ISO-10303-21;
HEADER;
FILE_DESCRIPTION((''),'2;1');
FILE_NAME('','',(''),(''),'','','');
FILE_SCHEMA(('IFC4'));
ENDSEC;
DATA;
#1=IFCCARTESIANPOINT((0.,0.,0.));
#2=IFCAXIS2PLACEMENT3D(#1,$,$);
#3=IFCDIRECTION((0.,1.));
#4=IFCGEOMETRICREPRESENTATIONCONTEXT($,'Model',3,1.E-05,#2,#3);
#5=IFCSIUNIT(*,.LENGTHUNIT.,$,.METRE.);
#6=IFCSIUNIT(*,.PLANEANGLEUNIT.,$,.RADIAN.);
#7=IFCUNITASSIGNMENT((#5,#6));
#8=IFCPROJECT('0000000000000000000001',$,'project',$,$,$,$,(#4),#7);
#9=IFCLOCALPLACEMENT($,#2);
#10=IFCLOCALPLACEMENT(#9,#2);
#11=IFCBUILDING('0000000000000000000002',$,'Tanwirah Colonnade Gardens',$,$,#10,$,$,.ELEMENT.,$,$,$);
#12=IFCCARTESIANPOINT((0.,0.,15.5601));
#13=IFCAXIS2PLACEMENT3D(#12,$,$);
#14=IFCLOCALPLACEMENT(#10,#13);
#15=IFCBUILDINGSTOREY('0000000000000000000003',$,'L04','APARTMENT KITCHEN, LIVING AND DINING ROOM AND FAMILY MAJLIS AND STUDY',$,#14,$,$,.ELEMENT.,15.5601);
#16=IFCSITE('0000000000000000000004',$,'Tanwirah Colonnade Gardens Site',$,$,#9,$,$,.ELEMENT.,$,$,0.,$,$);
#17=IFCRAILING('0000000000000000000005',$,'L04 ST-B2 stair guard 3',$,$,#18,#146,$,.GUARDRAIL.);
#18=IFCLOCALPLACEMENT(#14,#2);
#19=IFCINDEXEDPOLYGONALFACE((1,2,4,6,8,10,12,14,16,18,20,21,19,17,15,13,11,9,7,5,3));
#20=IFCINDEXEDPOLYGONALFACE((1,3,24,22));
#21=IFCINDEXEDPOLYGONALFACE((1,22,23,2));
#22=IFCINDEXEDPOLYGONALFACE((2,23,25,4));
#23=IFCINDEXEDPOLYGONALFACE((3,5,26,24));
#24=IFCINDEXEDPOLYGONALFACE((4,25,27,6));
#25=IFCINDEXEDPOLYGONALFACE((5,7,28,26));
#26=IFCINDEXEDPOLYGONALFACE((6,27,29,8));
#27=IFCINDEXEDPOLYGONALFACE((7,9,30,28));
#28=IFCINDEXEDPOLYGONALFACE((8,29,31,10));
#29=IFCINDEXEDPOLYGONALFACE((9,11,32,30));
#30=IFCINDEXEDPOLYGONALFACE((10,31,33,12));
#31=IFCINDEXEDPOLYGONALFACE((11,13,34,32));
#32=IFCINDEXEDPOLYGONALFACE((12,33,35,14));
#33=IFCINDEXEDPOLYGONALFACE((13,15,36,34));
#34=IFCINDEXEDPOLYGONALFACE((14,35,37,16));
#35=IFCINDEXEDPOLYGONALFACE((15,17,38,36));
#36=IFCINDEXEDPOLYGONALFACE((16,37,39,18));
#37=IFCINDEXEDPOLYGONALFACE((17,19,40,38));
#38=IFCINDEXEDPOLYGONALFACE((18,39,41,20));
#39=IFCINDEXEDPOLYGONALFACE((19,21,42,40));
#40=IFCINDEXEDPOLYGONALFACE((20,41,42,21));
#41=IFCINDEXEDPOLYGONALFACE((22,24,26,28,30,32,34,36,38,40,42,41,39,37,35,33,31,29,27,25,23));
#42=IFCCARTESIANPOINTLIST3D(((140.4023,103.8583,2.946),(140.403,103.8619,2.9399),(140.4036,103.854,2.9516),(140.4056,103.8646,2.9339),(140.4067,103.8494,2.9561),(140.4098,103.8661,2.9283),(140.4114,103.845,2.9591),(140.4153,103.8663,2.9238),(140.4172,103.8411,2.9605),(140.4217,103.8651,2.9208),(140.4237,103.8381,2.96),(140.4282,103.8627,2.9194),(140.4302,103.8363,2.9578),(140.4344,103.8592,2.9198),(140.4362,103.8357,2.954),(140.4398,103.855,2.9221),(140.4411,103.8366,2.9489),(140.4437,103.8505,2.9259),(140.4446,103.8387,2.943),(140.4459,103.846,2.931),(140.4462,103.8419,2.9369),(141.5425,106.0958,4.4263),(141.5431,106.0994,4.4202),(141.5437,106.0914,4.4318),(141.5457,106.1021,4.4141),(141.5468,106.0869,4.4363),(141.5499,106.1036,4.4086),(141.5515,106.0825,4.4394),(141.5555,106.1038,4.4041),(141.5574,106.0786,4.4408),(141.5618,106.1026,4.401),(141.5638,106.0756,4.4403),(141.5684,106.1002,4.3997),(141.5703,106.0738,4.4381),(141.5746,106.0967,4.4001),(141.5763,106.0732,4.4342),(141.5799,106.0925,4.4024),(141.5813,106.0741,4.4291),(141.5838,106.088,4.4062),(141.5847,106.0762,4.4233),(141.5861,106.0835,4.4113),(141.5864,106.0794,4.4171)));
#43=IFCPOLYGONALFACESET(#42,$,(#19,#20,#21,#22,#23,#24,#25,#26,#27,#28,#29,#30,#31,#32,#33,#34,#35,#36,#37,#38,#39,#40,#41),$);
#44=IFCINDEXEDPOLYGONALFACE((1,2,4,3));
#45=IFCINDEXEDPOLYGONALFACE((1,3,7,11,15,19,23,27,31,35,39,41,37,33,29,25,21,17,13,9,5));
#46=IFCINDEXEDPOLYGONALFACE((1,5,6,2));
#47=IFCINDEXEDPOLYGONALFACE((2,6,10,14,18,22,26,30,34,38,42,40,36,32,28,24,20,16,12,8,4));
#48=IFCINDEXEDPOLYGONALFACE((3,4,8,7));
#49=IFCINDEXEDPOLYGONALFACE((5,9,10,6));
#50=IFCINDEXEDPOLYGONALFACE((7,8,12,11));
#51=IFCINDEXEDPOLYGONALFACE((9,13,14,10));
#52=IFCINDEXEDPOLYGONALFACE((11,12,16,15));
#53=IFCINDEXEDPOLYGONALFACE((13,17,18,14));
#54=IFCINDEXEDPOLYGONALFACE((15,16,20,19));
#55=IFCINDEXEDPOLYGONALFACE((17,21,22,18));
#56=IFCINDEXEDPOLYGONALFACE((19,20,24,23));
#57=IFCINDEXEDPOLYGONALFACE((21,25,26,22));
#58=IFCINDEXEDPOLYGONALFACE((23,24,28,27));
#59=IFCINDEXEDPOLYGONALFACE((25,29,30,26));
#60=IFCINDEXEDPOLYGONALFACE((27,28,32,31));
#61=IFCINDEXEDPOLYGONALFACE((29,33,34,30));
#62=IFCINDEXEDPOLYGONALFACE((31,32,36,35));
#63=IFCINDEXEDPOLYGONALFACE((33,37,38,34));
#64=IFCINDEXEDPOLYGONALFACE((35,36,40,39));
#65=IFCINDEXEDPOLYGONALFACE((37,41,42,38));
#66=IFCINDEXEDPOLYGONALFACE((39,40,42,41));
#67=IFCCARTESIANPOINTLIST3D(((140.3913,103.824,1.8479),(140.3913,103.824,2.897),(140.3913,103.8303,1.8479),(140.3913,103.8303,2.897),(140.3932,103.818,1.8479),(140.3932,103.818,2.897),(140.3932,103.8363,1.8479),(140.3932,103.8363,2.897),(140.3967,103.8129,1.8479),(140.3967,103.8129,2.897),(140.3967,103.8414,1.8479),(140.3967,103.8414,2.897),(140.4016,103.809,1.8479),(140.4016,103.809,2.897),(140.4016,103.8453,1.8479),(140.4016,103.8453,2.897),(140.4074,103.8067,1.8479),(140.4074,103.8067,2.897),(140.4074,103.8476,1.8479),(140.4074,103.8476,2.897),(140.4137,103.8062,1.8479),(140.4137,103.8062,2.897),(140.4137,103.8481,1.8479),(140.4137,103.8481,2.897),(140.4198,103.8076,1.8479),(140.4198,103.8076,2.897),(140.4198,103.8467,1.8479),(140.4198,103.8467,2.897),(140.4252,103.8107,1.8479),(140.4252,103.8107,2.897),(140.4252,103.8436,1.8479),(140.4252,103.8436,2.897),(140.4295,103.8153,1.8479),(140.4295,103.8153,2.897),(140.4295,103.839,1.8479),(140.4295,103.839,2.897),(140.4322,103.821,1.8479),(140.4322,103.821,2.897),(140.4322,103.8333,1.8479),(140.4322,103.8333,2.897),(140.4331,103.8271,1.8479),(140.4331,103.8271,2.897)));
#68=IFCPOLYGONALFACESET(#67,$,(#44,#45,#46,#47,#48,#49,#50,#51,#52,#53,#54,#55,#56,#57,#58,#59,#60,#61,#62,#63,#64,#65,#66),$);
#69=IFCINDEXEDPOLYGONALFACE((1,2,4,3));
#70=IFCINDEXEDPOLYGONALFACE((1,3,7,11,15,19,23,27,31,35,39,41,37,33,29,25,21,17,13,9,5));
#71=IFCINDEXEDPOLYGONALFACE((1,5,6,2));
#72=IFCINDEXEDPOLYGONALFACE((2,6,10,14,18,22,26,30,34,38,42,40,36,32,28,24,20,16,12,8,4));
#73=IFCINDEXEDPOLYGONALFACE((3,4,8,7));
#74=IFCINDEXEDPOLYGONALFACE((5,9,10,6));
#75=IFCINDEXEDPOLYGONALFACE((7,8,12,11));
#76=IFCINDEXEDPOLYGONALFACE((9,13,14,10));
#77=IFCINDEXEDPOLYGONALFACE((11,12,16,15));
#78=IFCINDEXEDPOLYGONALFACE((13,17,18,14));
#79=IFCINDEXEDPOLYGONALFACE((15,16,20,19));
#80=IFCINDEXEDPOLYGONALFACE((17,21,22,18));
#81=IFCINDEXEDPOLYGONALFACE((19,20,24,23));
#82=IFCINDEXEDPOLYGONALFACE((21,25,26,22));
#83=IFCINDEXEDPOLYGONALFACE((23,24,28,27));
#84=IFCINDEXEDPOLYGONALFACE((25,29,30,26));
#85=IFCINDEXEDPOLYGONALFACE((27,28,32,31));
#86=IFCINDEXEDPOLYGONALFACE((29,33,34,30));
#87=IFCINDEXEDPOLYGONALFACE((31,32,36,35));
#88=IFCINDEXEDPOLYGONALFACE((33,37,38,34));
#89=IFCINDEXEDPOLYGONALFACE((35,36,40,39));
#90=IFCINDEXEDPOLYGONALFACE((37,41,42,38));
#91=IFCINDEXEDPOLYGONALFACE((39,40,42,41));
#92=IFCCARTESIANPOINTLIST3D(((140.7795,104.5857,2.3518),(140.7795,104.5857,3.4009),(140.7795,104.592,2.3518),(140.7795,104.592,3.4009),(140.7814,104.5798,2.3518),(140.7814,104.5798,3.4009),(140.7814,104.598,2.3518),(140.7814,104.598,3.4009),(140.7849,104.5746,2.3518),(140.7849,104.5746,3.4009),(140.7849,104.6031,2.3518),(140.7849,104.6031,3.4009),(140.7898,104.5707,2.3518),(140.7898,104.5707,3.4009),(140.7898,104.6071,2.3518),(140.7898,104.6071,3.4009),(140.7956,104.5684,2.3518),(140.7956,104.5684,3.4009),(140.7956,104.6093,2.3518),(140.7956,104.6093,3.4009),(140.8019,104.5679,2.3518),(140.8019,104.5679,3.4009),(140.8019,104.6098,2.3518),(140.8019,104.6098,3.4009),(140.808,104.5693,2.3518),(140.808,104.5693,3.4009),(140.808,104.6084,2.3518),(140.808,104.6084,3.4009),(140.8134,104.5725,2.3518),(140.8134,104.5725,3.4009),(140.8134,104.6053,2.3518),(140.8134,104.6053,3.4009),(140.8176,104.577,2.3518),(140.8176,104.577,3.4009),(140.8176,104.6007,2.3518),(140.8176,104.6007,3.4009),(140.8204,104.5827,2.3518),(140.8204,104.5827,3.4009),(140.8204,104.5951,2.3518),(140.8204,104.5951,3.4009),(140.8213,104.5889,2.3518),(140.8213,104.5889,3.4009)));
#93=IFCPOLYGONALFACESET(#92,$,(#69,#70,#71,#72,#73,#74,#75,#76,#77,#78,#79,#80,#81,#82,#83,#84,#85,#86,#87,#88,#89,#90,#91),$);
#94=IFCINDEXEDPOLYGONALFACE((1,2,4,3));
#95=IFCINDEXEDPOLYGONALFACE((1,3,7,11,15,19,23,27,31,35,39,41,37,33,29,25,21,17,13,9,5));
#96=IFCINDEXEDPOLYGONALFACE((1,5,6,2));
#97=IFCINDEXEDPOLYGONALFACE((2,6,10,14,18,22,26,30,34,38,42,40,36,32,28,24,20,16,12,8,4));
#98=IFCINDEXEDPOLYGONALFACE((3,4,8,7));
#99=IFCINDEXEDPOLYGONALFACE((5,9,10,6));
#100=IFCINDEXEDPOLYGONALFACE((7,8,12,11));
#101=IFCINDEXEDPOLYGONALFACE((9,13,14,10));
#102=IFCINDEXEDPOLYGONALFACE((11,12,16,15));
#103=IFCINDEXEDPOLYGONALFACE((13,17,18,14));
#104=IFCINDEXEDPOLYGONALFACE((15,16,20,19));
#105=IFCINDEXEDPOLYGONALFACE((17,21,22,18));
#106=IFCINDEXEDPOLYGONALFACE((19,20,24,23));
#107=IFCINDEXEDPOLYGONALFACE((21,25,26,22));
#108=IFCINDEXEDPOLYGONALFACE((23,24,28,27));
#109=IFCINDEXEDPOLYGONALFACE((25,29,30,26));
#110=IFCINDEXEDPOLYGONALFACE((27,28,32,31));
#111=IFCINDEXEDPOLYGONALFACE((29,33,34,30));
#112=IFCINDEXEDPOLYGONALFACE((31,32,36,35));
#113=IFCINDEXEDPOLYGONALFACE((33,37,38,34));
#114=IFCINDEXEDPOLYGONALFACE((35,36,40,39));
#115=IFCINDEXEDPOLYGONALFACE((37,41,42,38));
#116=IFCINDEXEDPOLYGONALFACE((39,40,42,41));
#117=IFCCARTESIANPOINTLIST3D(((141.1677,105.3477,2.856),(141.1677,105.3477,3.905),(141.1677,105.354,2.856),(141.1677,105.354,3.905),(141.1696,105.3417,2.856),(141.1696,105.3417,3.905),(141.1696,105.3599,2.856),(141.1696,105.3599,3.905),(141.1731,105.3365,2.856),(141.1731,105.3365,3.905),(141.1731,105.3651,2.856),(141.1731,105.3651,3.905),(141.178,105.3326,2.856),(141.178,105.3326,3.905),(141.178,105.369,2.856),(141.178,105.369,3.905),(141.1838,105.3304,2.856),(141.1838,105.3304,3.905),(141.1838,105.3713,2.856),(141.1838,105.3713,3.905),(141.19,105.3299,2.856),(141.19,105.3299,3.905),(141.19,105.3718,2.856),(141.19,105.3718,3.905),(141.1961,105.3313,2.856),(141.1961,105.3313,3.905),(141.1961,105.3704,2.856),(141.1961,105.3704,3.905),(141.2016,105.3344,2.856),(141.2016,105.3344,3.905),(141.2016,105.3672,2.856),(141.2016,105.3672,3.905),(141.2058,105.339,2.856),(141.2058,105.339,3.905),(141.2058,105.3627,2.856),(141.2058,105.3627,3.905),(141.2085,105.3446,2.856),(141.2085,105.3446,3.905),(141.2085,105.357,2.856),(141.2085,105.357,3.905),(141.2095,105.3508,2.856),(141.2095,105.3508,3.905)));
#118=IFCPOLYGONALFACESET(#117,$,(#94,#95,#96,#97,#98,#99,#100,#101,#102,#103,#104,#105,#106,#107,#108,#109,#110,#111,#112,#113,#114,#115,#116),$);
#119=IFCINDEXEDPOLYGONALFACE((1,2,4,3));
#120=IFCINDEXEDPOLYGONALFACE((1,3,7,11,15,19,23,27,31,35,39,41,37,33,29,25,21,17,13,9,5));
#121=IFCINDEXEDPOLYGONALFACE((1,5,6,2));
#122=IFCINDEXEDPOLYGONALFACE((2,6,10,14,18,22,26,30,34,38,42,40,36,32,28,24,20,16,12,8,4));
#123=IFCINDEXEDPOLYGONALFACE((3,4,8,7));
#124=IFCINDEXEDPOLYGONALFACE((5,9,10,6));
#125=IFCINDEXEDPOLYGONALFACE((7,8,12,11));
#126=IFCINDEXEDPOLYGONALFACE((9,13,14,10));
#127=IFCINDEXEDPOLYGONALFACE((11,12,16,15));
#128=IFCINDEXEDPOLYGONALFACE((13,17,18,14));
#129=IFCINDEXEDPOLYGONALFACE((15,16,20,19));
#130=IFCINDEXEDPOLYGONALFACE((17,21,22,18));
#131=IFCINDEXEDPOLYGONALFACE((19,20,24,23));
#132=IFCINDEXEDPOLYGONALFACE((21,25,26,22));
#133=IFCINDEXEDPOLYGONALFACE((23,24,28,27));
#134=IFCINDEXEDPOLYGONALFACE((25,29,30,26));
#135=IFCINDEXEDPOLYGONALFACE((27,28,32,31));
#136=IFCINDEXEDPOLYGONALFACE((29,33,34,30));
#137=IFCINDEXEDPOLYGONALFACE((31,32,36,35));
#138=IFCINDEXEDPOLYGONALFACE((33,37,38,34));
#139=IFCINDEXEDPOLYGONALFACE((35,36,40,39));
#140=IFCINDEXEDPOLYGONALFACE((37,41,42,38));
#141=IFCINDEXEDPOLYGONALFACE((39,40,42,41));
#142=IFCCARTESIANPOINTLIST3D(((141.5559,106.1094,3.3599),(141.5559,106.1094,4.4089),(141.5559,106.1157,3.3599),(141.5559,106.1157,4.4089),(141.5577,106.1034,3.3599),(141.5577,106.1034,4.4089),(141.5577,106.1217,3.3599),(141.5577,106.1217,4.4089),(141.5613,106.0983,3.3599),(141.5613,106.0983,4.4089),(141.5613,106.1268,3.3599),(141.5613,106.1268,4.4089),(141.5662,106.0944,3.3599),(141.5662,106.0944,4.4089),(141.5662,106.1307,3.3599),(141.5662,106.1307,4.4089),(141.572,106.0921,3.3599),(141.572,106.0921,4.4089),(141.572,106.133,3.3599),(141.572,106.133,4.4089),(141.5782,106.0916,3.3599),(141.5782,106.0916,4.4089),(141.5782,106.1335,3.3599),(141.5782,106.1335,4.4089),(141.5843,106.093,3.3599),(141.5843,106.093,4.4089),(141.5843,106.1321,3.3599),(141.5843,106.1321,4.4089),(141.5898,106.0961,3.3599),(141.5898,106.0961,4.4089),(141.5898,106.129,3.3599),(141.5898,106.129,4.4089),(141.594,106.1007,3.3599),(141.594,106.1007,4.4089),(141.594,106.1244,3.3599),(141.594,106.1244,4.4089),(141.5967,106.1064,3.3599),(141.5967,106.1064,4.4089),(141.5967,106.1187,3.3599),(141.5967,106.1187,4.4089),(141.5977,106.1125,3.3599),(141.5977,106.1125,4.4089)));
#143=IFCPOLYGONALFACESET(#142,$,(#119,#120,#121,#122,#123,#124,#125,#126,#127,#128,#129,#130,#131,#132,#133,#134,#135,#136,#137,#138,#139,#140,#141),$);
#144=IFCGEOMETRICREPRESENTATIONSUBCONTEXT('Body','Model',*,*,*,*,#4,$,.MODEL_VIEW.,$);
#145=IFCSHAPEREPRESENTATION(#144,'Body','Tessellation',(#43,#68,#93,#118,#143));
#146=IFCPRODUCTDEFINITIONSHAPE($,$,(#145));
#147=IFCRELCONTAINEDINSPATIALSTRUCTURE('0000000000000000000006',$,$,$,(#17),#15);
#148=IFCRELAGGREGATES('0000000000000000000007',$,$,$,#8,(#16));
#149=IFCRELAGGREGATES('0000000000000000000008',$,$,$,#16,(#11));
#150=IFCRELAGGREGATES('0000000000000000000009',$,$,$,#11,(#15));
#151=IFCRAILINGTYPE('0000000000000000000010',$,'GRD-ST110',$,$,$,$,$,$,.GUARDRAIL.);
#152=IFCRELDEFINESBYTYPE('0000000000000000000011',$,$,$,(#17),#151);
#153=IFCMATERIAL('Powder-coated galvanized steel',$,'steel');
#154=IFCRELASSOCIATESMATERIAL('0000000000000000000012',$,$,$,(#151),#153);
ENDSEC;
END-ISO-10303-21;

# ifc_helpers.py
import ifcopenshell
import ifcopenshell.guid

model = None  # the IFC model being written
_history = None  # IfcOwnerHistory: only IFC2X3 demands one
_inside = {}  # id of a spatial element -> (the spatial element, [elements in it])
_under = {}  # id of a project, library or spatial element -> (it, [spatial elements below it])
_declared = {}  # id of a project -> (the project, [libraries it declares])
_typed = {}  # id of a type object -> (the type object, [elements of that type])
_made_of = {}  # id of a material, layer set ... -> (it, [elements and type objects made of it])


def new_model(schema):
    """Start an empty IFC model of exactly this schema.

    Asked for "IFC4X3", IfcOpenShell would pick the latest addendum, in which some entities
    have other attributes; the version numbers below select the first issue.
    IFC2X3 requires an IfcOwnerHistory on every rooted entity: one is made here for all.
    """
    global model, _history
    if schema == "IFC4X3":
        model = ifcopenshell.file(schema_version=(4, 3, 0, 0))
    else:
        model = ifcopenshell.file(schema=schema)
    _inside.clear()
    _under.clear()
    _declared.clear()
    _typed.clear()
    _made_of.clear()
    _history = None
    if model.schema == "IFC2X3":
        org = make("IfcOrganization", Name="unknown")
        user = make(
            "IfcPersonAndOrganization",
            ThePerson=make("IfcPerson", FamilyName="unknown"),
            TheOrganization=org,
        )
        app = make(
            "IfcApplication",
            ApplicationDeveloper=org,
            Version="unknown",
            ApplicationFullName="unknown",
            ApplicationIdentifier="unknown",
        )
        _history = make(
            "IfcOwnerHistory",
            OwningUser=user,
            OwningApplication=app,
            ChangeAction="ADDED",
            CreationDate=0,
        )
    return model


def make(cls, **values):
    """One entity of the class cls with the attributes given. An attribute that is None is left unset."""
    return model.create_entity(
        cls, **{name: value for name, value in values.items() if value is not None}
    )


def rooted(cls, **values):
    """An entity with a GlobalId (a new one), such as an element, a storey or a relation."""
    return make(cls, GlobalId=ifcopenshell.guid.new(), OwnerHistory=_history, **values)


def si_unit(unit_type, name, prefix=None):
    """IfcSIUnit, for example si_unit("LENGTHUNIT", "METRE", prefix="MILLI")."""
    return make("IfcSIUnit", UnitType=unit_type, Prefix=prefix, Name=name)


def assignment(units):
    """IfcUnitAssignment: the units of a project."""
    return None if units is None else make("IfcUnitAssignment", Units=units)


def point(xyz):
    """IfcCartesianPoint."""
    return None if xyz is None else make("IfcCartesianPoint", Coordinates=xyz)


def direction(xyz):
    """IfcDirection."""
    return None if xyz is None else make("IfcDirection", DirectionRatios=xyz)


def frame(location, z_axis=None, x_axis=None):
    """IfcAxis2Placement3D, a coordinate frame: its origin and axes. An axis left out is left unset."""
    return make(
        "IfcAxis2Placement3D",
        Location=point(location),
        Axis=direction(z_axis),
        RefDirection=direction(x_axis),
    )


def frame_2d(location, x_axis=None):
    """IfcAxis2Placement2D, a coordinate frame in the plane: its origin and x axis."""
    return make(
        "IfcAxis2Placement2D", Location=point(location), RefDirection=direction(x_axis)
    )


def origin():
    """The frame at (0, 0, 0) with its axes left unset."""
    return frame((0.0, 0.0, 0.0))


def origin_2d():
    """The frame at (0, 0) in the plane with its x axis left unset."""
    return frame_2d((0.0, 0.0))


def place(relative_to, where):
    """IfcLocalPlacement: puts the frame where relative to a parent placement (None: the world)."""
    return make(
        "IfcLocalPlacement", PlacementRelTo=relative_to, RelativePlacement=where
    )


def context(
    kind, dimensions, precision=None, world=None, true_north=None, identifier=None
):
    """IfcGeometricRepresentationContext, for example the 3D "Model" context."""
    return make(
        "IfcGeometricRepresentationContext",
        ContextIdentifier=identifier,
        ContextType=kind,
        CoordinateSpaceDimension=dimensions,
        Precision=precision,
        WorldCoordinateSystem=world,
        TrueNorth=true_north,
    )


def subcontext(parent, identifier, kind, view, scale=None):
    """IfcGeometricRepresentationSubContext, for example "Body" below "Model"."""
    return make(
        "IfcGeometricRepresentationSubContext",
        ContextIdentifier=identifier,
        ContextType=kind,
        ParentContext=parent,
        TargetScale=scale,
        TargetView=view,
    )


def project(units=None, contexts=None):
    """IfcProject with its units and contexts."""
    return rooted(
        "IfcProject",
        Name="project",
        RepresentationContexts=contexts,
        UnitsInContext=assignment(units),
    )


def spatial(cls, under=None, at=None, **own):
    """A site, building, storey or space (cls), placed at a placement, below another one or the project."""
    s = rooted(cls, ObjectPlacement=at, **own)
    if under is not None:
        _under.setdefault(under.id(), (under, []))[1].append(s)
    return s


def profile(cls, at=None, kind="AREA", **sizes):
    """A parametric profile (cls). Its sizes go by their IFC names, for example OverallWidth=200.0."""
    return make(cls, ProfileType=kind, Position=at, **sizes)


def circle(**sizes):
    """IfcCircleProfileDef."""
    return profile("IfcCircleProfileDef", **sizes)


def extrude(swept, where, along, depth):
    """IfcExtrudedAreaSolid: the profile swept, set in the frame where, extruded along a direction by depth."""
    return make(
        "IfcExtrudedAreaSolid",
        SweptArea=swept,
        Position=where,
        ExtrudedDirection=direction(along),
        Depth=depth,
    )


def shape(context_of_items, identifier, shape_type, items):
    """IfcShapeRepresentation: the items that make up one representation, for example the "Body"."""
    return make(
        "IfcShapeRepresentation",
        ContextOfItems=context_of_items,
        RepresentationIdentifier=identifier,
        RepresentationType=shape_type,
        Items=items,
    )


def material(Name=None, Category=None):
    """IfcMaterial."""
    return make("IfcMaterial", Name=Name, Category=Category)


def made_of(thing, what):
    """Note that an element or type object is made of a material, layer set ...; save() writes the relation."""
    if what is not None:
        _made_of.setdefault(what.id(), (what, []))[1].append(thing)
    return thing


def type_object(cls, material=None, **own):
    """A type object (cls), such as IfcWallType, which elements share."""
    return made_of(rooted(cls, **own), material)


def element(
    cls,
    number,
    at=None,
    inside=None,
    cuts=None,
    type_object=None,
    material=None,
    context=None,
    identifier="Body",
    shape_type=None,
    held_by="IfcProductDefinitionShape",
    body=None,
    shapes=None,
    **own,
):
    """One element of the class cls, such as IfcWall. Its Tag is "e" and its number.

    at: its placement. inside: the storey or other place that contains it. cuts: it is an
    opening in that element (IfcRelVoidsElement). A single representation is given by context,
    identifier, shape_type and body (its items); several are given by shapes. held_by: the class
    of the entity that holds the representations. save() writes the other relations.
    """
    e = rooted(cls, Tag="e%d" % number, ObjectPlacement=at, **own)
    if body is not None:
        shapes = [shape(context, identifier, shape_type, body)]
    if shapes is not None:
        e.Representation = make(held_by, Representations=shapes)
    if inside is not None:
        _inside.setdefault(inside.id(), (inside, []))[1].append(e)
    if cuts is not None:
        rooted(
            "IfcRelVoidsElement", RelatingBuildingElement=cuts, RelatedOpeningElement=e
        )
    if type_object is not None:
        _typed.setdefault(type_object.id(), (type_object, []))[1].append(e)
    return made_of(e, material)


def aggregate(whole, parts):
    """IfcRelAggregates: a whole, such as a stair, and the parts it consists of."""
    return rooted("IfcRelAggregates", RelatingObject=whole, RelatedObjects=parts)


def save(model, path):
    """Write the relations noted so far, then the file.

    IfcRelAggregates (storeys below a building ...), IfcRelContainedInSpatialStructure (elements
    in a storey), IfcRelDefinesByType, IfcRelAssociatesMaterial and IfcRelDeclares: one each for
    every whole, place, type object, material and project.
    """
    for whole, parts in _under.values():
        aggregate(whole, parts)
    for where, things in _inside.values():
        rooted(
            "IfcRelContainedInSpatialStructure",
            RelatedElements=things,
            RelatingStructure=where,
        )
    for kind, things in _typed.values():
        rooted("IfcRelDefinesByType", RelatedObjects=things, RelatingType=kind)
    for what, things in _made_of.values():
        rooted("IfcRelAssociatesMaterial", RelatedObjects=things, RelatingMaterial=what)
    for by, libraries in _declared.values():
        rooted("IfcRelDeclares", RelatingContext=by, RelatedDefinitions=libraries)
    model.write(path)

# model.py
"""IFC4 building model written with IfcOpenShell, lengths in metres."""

from ifc_helpers import new_model, si_unit, direction, frame, origin, origin_2d, place, context, subcontext, project, spatial, circle, extrude, material, type_object, element, save


model = new_model("IFC4")

# Units and contexts
model_context = context("Model", 3, precision=1e-05, world=origin(), true_north=direction((0.0, 1.0)))
body_context = subcontext(model_context, "Body", "Model", "MODEL_VIEW")
ifc_project = project(units=[si_unit("LENGTHUNIT", "METRE"), si_unit("PLANEANGLEUNIT", "RADIAN")], contexts=[model_context])

# Site, building, storey
site_placement = place(None, origin())
site = spatial("IfcSite", under=ifc_project, at=site_placement, Name="Tanwirah Colonnade Gardens Site", CompositionType="ELEMENT", RefElevation=0.0)
building_placement = place(site_placement, origin())
building = spatial("IfcBuilding", under=site, at=building_placement, Name="Tanwirah Colonnade Gardens", CompositionType="ELEMENT")
storey_placement = place(building_placement, frame((0.0, 0.0, 15.5601)))
storey = spatial("IfcBuildingStorey", under=building, at=storey_placement, Name="L04", Description="APARTMENT KITCHEN, LIVING AND DINING ROOM AND FAMILY MAJLIS AND STUDY", CompositionType="ELEMENT", Elevation=15.5601)

# Railing
ifc_material_1 = material(Name="Powder-coated galvanized steel", Category="steel")
railing_type_1 = type_object("IfcRailingType", Name="GRD-ST110", PredefinedType="GUARDRAIL", material=ifc_material_1)
railing_1_placement = place(storey_placement, frame((140.4121, 103.8271, 1.8479)))
element("IfcRailing", 1, at=railing_1_placement, inside=storey, type_object=railing_type_1, Name="L04 ST-B2 stair guard 3", PredefinedType="GUARDRAIL", context=body_context, shape_type="SweptSolid", body=[
    extrude(circle(Radius=0.0239, at=origin_2d()), frame((0.0122, 0.0239, 1.092), z_axis=(0.391122, 0.767567, 0.507803), x_axis=(-0.890994, 0.454016, 0.0)), (0.0, 0.0, 1.0), 2.915),
    extrude(circle(Radius=0.021, at=origin_2d()), origin(), (0.0, 0.0, 1.0), 1.0491),
    extrude(circle(Radius=0.021, at=origin_2d()), frame((0.3882, 0.7617, 0.5039)), (0.0, 0.0, 1.0), 1.0491),
    extrude(circle(Radius=0.021, at=origin_2d()), frame((0.7764, 1.5237, 1.0081)), (0.0, 0.0, 1.0), 1.0491),
    extrude(circle(Radius=0.021, at=origin_2d()), frame((1.1646, 2.2854, 1.512)), (0.0, 0.0, 1.0), 1.0491),
])

save(model, "model.ifc")
